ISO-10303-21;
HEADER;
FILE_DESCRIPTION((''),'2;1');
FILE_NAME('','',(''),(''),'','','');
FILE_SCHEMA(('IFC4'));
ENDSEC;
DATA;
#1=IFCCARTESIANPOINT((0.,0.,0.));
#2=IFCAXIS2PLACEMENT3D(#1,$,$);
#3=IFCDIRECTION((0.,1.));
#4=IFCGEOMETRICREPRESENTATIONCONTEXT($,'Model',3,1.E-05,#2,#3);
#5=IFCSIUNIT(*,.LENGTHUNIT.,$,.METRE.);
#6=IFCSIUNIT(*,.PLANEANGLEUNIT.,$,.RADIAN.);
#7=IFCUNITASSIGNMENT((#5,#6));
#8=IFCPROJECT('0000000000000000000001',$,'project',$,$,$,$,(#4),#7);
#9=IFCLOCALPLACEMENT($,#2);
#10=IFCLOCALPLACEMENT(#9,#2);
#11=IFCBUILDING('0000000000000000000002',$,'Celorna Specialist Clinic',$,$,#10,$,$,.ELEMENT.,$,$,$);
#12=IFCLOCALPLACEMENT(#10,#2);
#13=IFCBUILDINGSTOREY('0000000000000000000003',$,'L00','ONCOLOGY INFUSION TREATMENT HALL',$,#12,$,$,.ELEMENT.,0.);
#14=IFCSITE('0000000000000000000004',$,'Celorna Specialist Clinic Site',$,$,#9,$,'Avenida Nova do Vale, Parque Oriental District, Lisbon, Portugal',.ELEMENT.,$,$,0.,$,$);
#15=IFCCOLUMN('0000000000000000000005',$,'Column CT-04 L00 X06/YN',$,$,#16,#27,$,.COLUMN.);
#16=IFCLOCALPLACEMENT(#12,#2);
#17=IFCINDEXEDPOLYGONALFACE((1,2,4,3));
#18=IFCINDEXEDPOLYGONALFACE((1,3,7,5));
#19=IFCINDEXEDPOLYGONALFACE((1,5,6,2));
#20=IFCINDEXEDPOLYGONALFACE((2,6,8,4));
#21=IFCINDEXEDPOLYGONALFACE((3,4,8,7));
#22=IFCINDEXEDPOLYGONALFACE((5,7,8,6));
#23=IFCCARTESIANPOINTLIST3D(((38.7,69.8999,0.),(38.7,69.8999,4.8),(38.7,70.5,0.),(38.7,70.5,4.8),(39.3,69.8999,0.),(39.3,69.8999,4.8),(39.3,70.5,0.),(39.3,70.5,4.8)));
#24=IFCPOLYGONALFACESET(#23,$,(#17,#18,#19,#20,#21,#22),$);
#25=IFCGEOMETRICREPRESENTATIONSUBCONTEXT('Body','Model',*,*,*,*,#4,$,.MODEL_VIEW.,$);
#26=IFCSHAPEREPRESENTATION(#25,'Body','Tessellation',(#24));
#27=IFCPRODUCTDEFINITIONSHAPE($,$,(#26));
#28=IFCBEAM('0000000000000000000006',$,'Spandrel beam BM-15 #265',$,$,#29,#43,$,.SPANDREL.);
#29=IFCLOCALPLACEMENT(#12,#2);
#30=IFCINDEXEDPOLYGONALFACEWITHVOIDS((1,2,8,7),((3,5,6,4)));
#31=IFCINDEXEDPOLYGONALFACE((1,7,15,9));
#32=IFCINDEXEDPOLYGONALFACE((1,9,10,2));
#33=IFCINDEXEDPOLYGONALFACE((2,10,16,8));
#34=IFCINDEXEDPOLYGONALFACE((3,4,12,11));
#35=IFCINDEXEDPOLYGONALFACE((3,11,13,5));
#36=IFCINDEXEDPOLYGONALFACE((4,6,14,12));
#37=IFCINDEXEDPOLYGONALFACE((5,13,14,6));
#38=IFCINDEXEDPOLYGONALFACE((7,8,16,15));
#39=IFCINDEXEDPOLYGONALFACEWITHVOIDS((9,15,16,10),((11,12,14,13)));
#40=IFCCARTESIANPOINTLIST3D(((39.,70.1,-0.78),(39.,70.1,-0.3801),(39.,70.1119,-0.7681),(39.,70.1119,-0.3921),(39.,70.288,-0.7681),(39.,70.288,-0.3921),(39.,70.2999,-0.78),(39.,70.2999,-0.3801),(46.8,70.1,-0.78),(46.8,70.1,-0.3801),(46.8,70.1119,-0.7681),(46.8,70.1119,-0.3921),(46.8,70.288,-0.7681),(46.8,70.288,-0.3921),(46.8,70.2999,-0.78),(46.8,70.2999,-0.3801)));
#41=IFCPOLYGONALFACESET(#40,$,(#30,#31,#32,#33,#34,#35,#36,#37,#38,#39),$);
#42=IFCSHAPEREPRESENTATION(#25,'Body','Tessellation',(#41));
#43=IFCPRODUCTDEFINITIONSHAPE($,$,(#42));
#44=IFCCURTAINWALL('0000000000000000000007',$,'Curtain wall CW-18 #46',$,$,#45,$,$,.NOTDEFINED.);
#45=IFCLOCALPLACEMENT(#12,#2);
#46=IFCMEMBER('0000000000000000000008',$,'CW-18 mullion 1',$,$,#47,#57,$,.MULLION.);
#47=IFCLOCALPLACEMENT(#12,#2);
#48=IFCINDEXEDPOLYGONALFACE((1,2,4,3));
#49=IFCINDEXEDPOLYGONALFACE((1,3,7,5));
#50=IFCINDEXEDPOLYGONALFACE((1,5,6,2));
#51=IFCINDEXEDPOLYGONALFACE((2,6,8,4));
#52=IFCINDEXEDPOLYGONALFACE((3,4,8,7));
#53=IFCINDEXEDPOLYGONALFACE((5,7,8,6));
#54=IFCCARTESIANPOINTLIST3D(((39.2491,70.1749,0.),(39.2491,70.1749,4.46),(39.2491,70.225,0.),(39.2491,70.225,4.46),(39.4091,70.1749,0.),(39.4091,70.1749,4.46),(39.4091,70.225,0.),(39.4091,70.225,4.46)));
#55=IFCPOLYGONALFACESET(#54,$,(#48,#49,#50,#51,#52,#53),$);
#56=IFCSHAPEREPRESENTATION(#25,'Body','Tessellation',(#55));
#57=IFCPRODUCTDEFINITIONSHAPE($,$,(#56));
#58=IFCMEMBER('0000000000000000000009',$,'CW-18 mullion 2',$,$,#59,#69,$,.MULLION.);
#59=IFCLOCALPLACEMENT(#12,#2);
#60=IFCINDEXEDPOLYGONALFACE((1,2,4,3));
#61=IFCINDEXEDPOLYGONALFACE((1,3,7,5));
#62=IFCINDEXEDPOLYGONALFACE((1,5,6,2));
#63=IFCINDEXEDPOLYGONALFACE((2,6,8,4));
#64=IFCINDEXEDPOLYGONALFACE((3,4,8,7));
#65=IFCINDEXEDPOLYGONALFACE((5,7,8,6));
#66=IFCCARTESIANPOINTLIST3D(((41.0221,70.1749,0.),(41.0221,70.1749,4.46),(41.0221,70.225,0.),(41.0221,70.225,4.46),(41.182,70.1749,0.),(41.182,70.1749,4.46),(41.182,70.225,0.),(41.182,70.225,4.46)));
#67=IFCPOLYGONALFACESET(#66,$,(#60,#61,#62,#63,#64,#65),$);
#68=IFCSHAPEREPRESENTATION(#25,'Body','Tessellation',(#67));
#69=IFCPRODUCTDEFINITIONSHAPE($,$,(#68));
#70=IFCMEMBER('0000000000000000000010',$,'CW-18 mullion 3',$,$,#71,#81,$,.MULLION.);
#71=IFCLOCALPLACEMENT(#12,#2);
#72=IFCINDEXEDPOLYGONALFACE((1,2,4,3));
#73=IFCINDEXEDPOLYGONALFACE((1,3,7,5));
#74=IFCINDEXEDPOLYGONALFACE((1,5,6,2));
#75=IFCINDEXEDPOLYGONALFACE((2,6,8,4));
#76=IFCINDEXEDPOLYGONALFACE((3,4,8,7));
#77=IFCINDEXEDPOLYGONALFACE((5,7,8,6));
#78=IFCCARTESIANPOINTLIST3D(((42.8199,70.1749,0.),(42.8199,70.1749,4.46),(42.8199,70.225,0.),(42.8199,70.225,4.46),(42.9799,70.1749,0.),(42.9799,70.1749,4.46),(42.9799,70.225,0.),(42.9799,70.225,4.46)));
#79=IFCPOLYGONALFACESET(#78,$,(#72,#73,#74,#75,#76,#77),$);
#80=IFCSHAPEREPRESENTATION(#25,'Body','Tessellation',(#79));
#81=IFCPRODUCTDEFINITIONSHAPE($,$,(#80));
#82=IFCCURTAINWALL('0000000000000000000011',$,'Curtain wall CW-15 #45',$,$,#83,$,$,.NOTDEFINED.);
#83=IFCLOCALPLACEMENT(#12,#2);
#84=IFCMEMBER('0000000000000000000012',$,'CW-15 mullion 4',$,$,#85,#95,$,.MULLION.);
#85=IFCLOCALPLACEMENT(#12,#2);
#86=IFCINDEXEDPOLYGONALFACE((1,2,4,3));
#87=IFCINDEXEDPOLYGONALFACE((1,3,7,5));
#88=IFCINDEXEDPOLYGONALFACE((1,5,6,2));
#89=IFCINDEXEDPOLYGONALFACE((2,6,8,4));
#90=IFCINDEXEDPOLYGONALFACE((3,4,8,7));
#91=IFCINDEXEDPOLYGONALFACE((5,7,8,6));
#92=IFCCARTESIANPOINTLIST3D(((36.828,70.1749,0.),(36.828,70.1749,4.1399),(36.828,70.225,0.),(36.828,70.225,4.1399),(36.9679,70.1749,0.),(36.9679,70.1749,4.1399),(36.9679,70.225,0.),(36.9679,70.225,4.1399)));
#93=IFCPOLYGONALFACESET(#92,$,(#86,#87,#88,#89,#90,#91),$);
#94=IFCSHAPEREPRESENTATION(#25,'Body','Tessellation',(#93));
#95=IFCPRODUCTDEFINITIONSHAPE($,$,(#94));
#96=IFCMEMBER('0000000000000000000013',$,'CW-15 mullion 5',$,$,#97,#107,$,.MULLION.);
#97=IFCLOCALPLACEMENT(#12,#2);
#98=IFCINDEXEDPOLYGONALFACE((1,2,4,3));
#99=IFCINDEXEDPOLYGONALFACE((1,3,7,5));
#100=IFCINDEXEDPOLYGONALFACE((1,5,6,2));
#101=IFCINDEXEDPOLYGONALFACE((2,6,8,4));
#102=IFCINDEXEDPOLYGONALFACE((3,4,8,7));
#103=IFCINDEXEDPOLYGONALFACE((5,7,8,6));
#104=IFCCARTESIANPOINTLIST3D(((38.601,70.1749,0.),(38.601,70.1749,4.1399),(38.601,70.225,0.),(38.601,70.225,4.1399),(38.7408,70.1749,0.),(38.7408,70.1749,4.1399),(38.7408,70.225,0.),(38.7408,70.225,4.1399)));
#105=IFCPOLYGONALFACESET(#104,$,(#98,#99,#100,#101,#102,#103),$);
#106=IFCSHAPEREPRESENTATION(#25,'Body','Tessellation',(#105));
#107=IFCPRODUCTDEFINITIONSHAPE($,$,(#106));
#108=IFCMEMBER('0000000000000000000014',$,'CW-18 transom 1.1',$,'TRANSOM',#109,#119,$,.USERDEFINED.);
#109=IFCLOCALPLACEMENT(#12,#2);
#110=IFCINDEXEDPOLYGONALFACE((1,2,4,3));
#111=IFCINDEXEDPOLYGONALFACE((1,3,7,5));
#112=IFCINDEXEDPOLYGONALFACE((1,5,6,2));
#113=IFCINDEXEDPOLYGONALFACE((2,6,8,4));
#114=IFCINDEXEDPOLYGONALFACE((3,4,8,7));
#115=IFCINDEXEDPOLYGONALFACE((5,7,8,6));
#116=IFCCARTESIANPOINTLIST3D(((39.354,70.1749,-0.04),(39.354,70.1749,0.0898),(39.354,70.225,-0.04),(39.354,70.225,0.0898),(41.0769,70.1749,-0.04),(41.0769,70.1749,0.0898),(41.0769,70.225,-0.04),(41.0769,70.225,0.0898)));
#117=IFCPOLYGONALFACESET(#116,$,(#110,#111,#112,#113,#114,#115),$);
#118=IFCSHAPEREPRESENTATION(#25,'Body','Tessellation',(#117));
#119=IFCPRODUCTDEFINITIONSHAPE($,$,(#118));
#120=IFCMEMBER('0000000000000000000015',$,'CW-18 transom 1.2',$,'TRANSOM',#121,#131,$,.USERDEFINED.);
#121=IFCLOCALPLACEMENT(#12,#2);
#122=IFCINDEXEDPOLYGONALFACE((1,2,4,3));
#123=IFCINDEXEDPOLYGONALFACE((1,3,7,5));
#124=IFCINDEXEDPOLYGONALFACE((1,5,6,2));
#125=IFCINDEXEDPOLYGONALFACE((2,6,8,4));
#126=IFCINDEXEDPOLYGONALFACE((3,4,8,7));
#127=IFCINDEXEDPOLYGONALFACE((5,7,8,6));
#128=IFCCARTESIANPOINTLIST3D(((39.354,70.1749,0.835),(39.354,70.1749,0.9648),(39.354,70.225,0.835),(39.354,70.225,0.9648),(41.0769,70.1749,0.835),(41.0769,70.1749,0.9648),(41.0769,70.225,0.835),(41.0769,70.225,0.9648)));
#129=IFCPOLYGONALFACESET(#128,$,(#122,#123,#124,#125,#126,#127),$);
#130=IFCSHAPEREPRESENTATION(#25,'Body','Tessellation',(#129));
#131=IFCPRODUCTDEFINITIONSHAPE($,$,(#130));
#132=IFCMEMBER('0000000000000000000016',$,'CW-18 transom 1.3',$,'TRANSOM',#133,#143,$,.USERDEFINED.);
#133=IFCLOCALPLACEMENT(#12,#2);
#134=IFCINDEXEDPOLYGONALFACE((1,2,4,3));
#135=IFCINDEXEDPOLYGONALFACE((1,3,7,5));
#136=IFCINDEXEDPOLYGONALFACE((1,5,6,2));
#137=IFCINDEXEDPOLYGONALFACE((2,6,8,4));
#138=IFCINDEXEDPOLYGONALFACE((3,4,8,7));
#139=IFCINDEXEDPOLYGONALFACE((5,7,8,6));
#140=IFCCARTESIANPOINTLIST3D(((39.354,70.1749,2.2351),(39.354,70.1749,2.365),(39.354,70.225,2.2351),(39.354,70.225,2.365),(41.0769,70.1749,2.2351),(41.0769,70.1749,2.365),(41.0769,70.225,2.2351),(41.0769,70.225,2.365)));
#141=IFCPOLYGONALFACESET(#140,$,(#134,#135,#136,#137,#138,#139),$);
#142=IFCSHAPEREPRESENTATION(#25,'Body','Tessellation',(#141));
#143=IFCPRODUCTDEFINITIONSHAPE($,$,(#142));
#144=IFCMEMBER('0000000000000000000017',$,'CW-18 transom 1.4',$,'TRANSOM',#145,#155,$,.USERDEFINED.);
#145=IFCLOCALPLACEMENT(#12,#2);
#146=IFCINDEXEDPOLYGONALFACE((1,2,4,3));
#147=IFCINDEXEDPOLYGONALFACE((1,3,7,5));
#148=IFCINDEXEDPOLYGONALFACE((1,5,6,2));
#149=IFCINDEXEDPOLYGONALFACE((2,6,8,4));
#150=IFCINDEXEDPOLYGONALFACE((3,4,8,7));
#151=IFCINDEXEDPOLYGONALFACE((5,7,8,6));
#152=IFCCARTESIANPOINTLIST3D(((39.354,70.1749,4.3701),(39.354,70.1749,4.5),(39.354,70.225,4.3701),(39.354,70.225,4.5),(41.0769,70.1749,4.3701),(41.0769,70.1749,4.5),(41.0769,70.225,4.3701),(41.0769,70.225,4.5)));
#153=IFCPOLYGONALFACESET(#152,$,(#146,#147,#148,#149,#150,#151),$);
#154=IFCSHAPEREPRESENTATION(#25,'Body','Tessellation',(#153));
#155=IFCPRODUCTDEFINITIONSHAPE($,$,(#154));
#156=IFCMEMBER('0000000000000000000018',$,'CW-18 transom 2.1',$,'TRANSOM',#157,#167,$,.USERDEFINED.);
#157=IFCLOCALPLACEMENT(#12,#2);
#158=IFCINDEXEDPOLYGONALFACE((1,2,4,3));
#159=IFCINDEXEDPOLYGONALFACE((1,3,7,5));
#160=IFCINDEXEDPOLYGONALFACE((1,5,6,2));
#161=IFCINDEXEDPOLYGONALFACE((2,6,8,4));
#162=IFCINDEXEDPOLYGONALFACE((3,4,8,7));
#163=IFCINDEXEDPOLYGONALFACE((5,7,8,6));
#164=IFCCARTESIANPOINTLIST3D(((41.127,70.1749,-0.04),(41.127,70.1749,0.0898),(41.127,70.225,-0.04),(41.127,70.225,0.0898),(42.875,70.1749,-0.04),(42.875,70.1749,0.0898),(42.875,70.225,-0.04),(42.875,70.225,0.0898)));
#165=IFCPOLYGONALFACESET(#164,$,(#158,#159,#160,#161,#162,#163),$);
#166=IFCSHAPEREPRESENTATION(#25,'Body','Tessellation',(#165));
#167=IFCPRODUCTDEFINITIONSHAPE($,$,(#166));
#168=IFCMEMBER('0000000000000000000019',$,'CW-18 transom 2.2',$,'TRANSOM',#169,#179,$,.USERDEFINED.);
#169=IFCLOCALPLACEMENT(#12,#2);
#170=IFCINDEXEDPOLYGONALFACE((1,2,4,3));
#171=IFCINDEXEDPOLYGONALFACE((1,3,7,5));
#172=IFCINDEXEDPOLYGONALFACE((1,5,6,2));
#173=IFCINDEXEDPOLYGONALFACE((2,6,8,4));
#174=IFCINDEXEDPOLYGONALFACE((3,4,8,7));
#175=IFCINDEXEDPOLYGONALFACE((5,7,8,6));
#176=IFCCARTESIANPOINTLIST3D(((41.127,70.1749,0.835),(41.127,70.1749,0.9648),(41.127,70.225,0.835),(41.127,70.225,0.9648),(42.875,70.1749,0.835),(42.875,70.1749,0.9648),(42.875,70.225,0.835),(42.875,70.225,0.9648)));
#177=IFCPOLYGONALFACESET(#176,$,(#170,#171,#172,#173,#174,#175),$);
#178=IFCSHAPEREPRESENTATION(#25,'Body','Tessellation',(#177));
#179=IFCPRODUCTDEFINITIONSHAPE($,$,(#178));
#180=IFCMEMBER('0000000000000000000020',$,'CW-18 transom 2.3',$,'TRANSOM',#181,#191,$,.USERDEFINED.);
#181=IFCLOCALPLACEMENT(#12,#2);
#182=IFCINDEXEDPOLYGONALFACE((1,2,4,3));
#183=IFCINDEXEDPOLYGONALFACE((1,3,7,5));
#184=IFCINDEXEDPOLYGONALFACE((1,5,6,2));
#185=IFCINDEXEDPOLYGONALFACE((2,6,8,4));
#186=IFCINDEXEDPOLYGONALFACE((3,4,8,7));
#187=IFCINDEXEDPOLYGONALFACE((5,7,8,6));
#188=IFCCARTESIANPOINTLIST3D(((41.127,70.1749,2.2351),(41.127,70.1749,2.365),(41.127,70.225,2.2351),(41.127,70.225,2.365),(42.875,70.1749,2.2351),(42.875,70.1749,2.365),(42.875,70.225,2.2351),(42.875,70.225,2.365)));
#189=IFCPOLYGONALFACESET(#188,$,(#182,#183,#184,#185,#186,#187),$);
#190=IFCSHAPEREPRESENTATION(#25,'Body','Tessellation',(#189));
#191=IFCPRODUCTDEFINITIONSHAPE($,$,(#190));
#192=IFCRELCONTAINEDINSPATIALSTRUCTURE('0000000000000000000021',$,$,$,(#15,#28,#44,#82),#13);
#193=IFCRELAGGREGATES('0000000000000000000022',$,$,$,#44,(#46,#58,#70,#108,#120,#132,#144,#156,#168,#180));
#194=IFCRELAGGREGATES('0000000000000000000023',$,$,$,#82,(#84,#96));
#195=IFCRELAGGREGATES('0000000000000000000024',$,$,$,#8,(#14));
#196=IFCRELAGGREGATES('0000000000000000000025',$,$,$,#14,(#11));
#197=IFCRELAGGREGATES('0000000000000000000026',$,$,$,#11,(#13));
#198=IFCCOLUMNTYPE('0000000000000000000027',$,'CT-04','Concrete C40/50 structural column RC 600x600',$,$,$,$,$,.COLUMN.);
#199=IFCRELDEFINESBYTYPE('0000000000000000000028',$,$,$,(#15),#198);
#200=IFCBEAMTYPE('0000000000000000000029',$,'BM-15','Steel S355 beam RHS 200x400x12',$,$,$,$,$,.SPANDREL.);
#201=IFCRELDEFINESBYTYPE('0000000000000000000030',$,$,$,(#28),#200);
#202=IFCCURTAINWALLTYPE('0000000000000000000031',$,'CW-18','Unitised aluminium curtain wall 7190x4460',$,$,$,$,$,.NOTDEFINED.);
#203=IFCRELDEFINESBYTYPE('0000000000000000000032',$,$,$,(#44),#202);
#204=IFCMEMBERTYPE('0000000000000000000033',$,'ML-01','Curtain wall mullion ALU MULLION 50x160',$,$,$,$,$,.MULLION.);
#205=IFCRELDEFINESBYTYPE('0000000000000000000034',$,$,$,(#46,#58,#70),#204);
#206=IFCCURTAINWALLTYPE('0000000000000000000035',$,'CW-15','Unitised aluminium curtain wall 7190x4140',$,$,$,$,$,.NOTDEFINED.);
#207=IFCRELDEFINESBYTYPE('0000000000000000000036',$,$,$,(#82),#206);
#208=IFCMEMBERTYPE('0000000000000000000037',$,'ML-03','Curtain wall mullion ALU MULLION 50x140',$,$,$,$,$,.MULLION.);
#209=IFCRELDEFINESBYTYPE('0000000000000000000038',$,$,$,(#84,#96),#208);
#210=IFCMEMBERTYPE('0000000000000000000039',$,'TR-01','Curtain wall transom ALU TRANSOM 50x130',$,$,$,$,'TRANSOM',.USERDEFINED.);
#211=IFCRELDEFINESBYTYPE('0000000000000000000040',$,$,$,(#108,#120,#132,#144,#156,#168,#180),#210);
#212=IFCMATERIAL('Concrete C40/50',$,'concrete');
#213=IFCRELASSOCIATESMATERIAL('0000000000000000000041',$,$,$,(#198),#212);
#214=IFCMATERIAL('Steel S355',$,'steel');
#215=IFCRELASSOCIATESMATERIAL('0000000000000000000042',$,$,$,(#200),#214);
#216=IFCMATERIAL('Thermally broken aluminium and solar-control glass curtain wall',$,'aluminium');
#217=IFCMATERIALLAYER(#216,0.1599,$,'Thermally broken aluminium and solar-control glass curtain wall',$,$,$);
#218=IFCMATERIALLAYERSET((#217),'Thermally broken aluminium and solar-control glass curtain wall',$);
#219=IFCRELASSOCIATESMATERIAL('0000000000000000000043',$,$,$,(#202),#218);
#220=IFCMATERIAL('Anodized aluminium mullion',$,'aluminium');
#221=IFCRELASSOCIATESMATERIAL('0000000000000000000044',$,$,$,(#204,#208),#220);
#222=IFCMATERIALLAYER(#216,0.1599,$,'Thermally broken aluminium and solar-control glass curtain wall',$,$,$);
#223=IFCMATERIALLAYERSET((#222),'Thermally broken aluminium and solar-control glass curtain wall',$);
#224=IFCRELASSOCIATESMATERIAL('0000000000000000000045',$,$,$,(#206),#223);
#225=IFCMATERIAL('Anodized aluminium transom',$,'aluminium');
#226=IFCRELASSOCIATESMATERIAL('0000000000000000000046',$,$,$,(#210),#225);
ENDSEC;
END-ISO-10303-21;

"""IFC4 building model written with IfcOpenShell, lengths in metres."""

from ifc_helpers import new_model, si_unit, direction, frame, origin, origin_2d, place, context, subcontext, project, spatial, rectangle, hollow_rectangle, extrude, material, layer, layer_set, material_profile, profile_set, type_object, element, aggregate, save


model = new_model("IFC4")

# Units and contexts
model_context = context("Model", 3, precision=1e-05, world=origin(), true_north=direction((0.0, 1.0)))
body_context = subcontext(model_context, "Body", "Model", "MODEL_VIEW")
ifc_project = project(units=[si_unit("LENGTHUNIT", "METRE"), si_unit("PLANEANGLEUNIT", "RADIAN")], contexts=[model_context])

# Site, building, storey
site_placement = place(None, origin())
site = spatial("IfcSite", under=ifc_project, at=site_placement, Name="Celorna Specialist Clinic Site", LongName="Avenida Nova do Vale, Parque Oriental District, Lisbon, Portugal", CompositionType="ELEMENT", RefElevation=0.0)
building_placement = place(site_placement, origin())
building = spatial("IfcBuilding", under=site, at=building_placement, Name="Celorna Specialist Clinic", CompositionType="ELEMENT")
storey_placement = place(building_placement, origin())
storey = spatial("IfcBuildingStorey", under=building, at=storey_placement, Name="L00", Description="ONCOLOGY INFUSION TREATMENT HALL", CompositionType="ELEMENT", Elevation=0.0)

# Column
ifc_material_1 = material(Name="Concrete C40/50", Category="concrete")
ifc_material_profile_1 = material_profile(ifc_material_1, rectangle(XDim=0.6001, YDim=0.6001, at=origin_2d()), Name="RC 600x600")
ifc_profile_set_1 = profile_set([ifc_material_profile_1], Name="Concrete C40/50")
column_type = type_object("IfcColumnType", Name="CT-04", Description="Concrete C40/50 structural column RC 600x600", PredefinedType="COLUMN", material=ifc_profile_set_1)
column_placement = place(storey_placement, frame((39.0, 70.2, 0.0), z_axis=(0.0, 0.0, 1.0), x_axis=(1.0, 0.0, 0.0)))
element("IfcColumn", 1, at=column_placement, inside=storey, type_object=column_type, Name="Column CT-04 L00 X06/YN", PredefinedType="COLUMN", context=body_context, shape_type="SweptSolid", body=[
    extrude(rectangle(XDim=0.6001, YDim=0.6001, at=origin_2d()), origin(), (0.0, 0.0, 1.0), 4.8),
])

# Beam
ifc_material_2 = material(Name="Steel S355", Category="steel")
ifc_material_profile_2 = material_profile(ifc_material_2, hollow_rectangle(XDim=0.2, YDim=0.3999, WallThickness=0.012, at=origin_2d()), Name="RHS 200x400x12")
ifc_profile_set_2 = profile_set([ifc_material_profile_2], Name="Steel S355")
beam_type = type_object("IfcBeamType", Name="BM-15", Description="Steel S355 beam RHS 200x400x12", PredefinedType="SPANDREL", material=ifc_profile_set_2)
beam_placement = place(storey_placement, frame((39.0, 70.2, -0.5801), z_axis=(1.0, 0.0, 0.0), x_axis=(0.0, 1.0, 0.0)))
element("IfcBeam", 2, at=beam_placement, inside=storey, type_object=beam_type, Name="Spandrel beam BM-15 #265", PredefinedType="SPANDREL", context=body_context, shape_type="SweptSolid", body=[
    extrude(hollow_rectangle(XDim=0.2, YDim=0.3999, WallThickness=0.012, at=origin_2d()), origin(), (0.0, 0.0, 1.0), 7.8),
])

# Curtain walls, members
ifc_material_3 = material(Name="Thermally broken aluminium and solar-control glass curtain wall", Category="aluminium")
ifc_layer_1 = layer(ifc_material_3, 0.1599, Name="Thermally broken aluminium and solar-control glass curtain wall")
ifc_layer_set_1 = layer_set([ifc_layer_1], Name="Thermally broken aluminium and solar-control glass curtain wall")
curtain_wall_type_1 = type_object("IfcCurtainWallType", Name="CW-18", Description="Unitised aluminium curtain wall 7190x4460", PredefinedType="NOTDEFINED", material=ifc_layer_set_1)
curtain_wall_1_placement = place(storey_placement, origin())
curtain_wall_1 = element("IfcCurtainWall", 3, at=curtain_wall_1_placement, inside=storey, type_object=curtain_wall_type_1, Name="Curtain wall CW-18 #46", PredefinedType="NOTDEFINED")
ifc_material_4 = material(Name="Anodized aluminium mullion", Category="aluminium")
ifc_material_profile_3 = material_profile(ifc_material_4, rectangle(XDim=0.05, YDim=0.1599, at=origin_2d()), Name="ALU MULLION 50x160")
ifc_profile_set_3 = profile_set([ifc_material_profile_3], Name="Anodized aluminium mullion")
member_type_1 = type_object("IfcMemberType", Name="ML-01", Description="Curtain wall mullion ALU MULLION 50x160", PredefinedType="MULLION", material=ifc_profile_set_3)
member_1_placement = place(storey_placement, frame((39.3291, 70.2, 0.0), z_axis=(0.0, 0.0, 1.0), x_axis=(0.0, 1.0, 0.0)))
member_1 = element("IfcMember", 4, at=member_1_placement, type_object=member_type_1, Name="CW-18 mullion 1", PredefinedType="MULLION", context=body_context, shape_type="SweptSolid", body=[
    extrude(rectangle(XDim=0.05, YDim=0.1599, at=origin_2d()), origin(), (0.0, 0.0, 1.0), 4.46),
])
member_2_placement = place(storey_placement, frame((41.1021, 70.2, 0.0), z_axis=(0.0, 0.0, 1.0), x_axis=(0.0, 1.0, 0.0)))
member_2 = element("IfcMember", 5, at=member_2_placement, type_object=member_type_1, Name="CW-18 mullion 2", PredefinedType="MULLION", context=body_context, shape_type="SweptSolid", body=[
    extrude(rectangle(XDim=0.05, YDim=0.1599, at=origin_2d()), origin(), (0.0, 0.0, 1.0), 4.46),
])
member_3_placement = place(storey_placement, frame((42.8999, 70.2, 0.0), z_axis=(0.0, 0.0, 1.0), x_axis=(0.0, 1.0, 0.0)))
member_3 = element("IfcMember", 6, at=member_3_placement, type_object=member_type_1, Name="CW-18 mullion 3", PredefinedType="MULLION", context=body_context, shape_type="SweptSolid", body=[
    extrude(rectangle(XDim=0.05, YDim=0.1599, at=origin_2d()), origin(), (0.0, 0.0, 1.0), 4.46),
])
ifc_layer_2 = layer(ifc_material_3, 0.1599, Name="Thermally broken aluminium and solar-control glass curtain wall")
ifc_layer_set_2 = layer_set([ifc_layer_2], Name="Thermally broken aluminium and solar-control glass curtain wall")
curtain_wall_type_2 = type_object("IfcCurtainWallType", Name="CW-15", Description="Unitised aluminium curtain wall 7190x4140", PredefinedType="NOTDEFINED", material=ifc_layer_set_2)
curtain_wall_2_placement = place(storey_placement, origin())
curtain_wall_2 = element("IfcCurtainWall", 7, at=curtain_wall_2_placement, inside=storey, type_object=curtain_wall_type_2, Name="Curtain wall CW-15 #45", PredefinedType="NOTDEFINED")
ifc_material_profile_4 = material_profile(ifc_material_4, rectangle(XDim=0.05, YDim=0.1399, at=origin_2d()), Name="ALU MULLION 50x140")
ifc_profile_set_4 = profile_set([ifc_material_profile_4], Name="Anodized aluminium mullion")
member_type_2 = type_object("IfcMemberType", Name="ML-03", Description="Curtain wall mullion ALU MULLION 50x140", PredefinedType="MULLION", material=ifc_profile_set_4)
member_4_placement = place(storey_placement, frame((36.8979, 70.2, 0.0), z_axis=(0.0, 0.0, 1.0), x_axis=(0.0, 1.0, 0.0)))
member_4 = element("IfcMember", 8, at=member_4_placement, type_object=member_type_2, Name="CW-15 mullion 4", PredefinedType="MULLION", context=body_context, shape_type="SweptSolid", body=[
    extrude(rectangle(XDim=0.05, YDim=0.1399, at=origin_2d()), origin(), (0.0, 0.0, 1.0), 4.1399),
])
member_5_placement = place(storey_placement, frame((38.6709, 70.2, 0.0), z_axis=(0.0, 0.0, 1.0), x_axis=(0.0, 1.0, 0.0)))
member_5 = element("IfcMember", 9, at=member_5_placement, type_object=member_type_2, Name="CW-15 mullion 5", PredefinedType="MULLION", context=body_context, shape_type="SweptSolid", body=[
    extrude(rectangle(XDim=0.05, YDim=0.1399, at=origin_2d()), origin(), (0.0, 0.0, 1.0), 4.1399),
])

# Members
ifc_material_5 = material(Name="Anodized aluminium transom", Category="aluminium")
ifc_material_profile_5 = material_profile(ifc_material_5, rectangle(XDim=0.05, YDim=0.1299, at=origin_2d()), Name="ALU TRANSOM 50x130")
ifc_profile_set_5 = profile_set([ifc_material_profile_5], Name="Anodized aluminium transom")
member_type_3 = type_object("IfcMemberType", Name="TR-01", Description="Curtain wall transom ALU TRANSOM 50x130", ElementType="TRANSOM", PredefinedType="USERDEFINED", material=ifc_profile_set_5)
member_6_placement = place(storey_placement, frame((39.354, 70.2, 0.0249), z_axis=(1.0, 0.0, 0.0), x_axis=(0.0, 1.0, 0.0)))
member_6 = element("IfcMember", 10, at=member_6_placement, type_object=member_type_3, Name="CW-18 transom 1.1", ObjectType="TRANSOM", PredefinedType="USERDEFINED", context=body_context, shape_type="SweptSolid", body=[
    extrude(rectangle(XDim=0.05, YDim=0.1299, at=origin_2d()), origin(), (0.0, 0.0, 1.0), 1.7229),
])
member_7_placement = place(storey_placement, frame((39.354, 70.2, 0.8999), z_axis=(1.0, 0.0, 0.0), x_axis=(0.0, 1.0, 0.0)))
member_7 = element("IfcMember", 11, at=member_7_placement, type_object=member_type_3, Name="CW-18 transom 1.2", ObjectType="TRANSOM", PredefinedType="USERDEFINED", context=body_context, shape_type="SweptSolid", body=[
    extrude(rectangle(XDim=0.05, YDim=0.1299, at=origin_2d()), origin(), (0.0, 0.0, 1.0), 1.7229),
])
member_8_placement = place(storey_placement, frame((39.354, 70.2, 2.3), z_axis=(1.0, 0.0, 0.0), x_axis=(0.0, 1.0, 0.0)))
member_8 = element("IfcMember", 12, at=member_8_placement, type_object=member_type_3, Name="CW-18 transom 1.3", ObjectType="TRANSOM", PredefinedType="USERDEFINED", context=body_context, shape_type="SweptSolid", body=[
    extrude(rectangle(XDim=0.05, YDim=0.1299, at=origin_2d()), origin(), (0.0, 0.0, 1.0), 1.7229),
])
member_9_placement = place(storey_placement, frame((39.354, 70.2, 4.4351), z_axis=(1.0, 0.0, 0.0), x_axis=(0.0, 1.0, 0.0)))
member_9 = element("IfcMember", 13, at=member_9_placement, type_object=member_type_3, Name="CW-18 transom 1.4", ObjectType="TRANSOM", PredefinedType="USERDEFINED", context=body_context, shape_type="SweptSolid", body=[
    extrude(rectangle(XDim=0.05, YDim=0.1299, at=origin_2d()), origin(), (0.0, 0.0, 1.0), 1.7229),
])
member_10_placement = place(storey_placement, frame((41.127, 70.2, 0.0249), z_axis=(1.0, 0.0, 0.0), x_axis=(0.0, 1.0, 0.0)))
member_10 = element("IfcMember", 14, at=member_10_placement, type_object=member_type_3, Name="CW-18 transom 2.1", ObjectType="TRANSOM", PredefinedType="USERDEFINED", context=body_context, shape_type="SweptSolid", body=[
    extrude(rectangle(XDim=0.05, YDim=0.1299, at=origin_2d()), origin(), (0.0, 0.0, 1.0), 1.748),
])
member_11_placement = place(storey_placement, frame((41.127, 70.2, 0.8999), z_axis=(1.0, 0.0, 0.0), x_axis=(0.0, 1.0, 0.0)))
member_11 = element("IfcMember", 15, at=member_11_placement, type_object=member_type_3, Name="CW-18 transom 2.2", ObjectType="TRANSOM", PredefinedType="USERDEFINED", context=body_context, shape_type="SweptSolid", body=[
    extrude(rectangle(XDim=0.05, YDim=0.1299, at=origin_2d()), origin(), (0.0, 0.0, 1.0), 1.748),
])
member_12_placement = place(storey_placement, frame((41.127, 70.2, 2.3), z_axis=(1.0, 0.0, 0.0), x_axis=(0.0, 1.0, 0.0)))
member_12 = element("IfcMember", 16, at=member_12_placement, type_object=member_type_3, Name="CW-18 transom 2.3", ObjectType="TRANSOM", PredefinedType="USERDEFINED", context=body_context, shape_type="SweptSolid", body=[
    extrude(rectangle(XDim=0.05, YDim=0.1299, at=origin_2d()), origin(), (0.0, 0.0, 1.0), 1.748),
])

aggregate(curtain_wall_1, [member_1, member_2, member_3, member_6, member_7, member_8, member_9, member_10, member_11, member_12])
aggregate(curtain_wall_2, [member_4, member_5])

save(model, "model.ifc")
